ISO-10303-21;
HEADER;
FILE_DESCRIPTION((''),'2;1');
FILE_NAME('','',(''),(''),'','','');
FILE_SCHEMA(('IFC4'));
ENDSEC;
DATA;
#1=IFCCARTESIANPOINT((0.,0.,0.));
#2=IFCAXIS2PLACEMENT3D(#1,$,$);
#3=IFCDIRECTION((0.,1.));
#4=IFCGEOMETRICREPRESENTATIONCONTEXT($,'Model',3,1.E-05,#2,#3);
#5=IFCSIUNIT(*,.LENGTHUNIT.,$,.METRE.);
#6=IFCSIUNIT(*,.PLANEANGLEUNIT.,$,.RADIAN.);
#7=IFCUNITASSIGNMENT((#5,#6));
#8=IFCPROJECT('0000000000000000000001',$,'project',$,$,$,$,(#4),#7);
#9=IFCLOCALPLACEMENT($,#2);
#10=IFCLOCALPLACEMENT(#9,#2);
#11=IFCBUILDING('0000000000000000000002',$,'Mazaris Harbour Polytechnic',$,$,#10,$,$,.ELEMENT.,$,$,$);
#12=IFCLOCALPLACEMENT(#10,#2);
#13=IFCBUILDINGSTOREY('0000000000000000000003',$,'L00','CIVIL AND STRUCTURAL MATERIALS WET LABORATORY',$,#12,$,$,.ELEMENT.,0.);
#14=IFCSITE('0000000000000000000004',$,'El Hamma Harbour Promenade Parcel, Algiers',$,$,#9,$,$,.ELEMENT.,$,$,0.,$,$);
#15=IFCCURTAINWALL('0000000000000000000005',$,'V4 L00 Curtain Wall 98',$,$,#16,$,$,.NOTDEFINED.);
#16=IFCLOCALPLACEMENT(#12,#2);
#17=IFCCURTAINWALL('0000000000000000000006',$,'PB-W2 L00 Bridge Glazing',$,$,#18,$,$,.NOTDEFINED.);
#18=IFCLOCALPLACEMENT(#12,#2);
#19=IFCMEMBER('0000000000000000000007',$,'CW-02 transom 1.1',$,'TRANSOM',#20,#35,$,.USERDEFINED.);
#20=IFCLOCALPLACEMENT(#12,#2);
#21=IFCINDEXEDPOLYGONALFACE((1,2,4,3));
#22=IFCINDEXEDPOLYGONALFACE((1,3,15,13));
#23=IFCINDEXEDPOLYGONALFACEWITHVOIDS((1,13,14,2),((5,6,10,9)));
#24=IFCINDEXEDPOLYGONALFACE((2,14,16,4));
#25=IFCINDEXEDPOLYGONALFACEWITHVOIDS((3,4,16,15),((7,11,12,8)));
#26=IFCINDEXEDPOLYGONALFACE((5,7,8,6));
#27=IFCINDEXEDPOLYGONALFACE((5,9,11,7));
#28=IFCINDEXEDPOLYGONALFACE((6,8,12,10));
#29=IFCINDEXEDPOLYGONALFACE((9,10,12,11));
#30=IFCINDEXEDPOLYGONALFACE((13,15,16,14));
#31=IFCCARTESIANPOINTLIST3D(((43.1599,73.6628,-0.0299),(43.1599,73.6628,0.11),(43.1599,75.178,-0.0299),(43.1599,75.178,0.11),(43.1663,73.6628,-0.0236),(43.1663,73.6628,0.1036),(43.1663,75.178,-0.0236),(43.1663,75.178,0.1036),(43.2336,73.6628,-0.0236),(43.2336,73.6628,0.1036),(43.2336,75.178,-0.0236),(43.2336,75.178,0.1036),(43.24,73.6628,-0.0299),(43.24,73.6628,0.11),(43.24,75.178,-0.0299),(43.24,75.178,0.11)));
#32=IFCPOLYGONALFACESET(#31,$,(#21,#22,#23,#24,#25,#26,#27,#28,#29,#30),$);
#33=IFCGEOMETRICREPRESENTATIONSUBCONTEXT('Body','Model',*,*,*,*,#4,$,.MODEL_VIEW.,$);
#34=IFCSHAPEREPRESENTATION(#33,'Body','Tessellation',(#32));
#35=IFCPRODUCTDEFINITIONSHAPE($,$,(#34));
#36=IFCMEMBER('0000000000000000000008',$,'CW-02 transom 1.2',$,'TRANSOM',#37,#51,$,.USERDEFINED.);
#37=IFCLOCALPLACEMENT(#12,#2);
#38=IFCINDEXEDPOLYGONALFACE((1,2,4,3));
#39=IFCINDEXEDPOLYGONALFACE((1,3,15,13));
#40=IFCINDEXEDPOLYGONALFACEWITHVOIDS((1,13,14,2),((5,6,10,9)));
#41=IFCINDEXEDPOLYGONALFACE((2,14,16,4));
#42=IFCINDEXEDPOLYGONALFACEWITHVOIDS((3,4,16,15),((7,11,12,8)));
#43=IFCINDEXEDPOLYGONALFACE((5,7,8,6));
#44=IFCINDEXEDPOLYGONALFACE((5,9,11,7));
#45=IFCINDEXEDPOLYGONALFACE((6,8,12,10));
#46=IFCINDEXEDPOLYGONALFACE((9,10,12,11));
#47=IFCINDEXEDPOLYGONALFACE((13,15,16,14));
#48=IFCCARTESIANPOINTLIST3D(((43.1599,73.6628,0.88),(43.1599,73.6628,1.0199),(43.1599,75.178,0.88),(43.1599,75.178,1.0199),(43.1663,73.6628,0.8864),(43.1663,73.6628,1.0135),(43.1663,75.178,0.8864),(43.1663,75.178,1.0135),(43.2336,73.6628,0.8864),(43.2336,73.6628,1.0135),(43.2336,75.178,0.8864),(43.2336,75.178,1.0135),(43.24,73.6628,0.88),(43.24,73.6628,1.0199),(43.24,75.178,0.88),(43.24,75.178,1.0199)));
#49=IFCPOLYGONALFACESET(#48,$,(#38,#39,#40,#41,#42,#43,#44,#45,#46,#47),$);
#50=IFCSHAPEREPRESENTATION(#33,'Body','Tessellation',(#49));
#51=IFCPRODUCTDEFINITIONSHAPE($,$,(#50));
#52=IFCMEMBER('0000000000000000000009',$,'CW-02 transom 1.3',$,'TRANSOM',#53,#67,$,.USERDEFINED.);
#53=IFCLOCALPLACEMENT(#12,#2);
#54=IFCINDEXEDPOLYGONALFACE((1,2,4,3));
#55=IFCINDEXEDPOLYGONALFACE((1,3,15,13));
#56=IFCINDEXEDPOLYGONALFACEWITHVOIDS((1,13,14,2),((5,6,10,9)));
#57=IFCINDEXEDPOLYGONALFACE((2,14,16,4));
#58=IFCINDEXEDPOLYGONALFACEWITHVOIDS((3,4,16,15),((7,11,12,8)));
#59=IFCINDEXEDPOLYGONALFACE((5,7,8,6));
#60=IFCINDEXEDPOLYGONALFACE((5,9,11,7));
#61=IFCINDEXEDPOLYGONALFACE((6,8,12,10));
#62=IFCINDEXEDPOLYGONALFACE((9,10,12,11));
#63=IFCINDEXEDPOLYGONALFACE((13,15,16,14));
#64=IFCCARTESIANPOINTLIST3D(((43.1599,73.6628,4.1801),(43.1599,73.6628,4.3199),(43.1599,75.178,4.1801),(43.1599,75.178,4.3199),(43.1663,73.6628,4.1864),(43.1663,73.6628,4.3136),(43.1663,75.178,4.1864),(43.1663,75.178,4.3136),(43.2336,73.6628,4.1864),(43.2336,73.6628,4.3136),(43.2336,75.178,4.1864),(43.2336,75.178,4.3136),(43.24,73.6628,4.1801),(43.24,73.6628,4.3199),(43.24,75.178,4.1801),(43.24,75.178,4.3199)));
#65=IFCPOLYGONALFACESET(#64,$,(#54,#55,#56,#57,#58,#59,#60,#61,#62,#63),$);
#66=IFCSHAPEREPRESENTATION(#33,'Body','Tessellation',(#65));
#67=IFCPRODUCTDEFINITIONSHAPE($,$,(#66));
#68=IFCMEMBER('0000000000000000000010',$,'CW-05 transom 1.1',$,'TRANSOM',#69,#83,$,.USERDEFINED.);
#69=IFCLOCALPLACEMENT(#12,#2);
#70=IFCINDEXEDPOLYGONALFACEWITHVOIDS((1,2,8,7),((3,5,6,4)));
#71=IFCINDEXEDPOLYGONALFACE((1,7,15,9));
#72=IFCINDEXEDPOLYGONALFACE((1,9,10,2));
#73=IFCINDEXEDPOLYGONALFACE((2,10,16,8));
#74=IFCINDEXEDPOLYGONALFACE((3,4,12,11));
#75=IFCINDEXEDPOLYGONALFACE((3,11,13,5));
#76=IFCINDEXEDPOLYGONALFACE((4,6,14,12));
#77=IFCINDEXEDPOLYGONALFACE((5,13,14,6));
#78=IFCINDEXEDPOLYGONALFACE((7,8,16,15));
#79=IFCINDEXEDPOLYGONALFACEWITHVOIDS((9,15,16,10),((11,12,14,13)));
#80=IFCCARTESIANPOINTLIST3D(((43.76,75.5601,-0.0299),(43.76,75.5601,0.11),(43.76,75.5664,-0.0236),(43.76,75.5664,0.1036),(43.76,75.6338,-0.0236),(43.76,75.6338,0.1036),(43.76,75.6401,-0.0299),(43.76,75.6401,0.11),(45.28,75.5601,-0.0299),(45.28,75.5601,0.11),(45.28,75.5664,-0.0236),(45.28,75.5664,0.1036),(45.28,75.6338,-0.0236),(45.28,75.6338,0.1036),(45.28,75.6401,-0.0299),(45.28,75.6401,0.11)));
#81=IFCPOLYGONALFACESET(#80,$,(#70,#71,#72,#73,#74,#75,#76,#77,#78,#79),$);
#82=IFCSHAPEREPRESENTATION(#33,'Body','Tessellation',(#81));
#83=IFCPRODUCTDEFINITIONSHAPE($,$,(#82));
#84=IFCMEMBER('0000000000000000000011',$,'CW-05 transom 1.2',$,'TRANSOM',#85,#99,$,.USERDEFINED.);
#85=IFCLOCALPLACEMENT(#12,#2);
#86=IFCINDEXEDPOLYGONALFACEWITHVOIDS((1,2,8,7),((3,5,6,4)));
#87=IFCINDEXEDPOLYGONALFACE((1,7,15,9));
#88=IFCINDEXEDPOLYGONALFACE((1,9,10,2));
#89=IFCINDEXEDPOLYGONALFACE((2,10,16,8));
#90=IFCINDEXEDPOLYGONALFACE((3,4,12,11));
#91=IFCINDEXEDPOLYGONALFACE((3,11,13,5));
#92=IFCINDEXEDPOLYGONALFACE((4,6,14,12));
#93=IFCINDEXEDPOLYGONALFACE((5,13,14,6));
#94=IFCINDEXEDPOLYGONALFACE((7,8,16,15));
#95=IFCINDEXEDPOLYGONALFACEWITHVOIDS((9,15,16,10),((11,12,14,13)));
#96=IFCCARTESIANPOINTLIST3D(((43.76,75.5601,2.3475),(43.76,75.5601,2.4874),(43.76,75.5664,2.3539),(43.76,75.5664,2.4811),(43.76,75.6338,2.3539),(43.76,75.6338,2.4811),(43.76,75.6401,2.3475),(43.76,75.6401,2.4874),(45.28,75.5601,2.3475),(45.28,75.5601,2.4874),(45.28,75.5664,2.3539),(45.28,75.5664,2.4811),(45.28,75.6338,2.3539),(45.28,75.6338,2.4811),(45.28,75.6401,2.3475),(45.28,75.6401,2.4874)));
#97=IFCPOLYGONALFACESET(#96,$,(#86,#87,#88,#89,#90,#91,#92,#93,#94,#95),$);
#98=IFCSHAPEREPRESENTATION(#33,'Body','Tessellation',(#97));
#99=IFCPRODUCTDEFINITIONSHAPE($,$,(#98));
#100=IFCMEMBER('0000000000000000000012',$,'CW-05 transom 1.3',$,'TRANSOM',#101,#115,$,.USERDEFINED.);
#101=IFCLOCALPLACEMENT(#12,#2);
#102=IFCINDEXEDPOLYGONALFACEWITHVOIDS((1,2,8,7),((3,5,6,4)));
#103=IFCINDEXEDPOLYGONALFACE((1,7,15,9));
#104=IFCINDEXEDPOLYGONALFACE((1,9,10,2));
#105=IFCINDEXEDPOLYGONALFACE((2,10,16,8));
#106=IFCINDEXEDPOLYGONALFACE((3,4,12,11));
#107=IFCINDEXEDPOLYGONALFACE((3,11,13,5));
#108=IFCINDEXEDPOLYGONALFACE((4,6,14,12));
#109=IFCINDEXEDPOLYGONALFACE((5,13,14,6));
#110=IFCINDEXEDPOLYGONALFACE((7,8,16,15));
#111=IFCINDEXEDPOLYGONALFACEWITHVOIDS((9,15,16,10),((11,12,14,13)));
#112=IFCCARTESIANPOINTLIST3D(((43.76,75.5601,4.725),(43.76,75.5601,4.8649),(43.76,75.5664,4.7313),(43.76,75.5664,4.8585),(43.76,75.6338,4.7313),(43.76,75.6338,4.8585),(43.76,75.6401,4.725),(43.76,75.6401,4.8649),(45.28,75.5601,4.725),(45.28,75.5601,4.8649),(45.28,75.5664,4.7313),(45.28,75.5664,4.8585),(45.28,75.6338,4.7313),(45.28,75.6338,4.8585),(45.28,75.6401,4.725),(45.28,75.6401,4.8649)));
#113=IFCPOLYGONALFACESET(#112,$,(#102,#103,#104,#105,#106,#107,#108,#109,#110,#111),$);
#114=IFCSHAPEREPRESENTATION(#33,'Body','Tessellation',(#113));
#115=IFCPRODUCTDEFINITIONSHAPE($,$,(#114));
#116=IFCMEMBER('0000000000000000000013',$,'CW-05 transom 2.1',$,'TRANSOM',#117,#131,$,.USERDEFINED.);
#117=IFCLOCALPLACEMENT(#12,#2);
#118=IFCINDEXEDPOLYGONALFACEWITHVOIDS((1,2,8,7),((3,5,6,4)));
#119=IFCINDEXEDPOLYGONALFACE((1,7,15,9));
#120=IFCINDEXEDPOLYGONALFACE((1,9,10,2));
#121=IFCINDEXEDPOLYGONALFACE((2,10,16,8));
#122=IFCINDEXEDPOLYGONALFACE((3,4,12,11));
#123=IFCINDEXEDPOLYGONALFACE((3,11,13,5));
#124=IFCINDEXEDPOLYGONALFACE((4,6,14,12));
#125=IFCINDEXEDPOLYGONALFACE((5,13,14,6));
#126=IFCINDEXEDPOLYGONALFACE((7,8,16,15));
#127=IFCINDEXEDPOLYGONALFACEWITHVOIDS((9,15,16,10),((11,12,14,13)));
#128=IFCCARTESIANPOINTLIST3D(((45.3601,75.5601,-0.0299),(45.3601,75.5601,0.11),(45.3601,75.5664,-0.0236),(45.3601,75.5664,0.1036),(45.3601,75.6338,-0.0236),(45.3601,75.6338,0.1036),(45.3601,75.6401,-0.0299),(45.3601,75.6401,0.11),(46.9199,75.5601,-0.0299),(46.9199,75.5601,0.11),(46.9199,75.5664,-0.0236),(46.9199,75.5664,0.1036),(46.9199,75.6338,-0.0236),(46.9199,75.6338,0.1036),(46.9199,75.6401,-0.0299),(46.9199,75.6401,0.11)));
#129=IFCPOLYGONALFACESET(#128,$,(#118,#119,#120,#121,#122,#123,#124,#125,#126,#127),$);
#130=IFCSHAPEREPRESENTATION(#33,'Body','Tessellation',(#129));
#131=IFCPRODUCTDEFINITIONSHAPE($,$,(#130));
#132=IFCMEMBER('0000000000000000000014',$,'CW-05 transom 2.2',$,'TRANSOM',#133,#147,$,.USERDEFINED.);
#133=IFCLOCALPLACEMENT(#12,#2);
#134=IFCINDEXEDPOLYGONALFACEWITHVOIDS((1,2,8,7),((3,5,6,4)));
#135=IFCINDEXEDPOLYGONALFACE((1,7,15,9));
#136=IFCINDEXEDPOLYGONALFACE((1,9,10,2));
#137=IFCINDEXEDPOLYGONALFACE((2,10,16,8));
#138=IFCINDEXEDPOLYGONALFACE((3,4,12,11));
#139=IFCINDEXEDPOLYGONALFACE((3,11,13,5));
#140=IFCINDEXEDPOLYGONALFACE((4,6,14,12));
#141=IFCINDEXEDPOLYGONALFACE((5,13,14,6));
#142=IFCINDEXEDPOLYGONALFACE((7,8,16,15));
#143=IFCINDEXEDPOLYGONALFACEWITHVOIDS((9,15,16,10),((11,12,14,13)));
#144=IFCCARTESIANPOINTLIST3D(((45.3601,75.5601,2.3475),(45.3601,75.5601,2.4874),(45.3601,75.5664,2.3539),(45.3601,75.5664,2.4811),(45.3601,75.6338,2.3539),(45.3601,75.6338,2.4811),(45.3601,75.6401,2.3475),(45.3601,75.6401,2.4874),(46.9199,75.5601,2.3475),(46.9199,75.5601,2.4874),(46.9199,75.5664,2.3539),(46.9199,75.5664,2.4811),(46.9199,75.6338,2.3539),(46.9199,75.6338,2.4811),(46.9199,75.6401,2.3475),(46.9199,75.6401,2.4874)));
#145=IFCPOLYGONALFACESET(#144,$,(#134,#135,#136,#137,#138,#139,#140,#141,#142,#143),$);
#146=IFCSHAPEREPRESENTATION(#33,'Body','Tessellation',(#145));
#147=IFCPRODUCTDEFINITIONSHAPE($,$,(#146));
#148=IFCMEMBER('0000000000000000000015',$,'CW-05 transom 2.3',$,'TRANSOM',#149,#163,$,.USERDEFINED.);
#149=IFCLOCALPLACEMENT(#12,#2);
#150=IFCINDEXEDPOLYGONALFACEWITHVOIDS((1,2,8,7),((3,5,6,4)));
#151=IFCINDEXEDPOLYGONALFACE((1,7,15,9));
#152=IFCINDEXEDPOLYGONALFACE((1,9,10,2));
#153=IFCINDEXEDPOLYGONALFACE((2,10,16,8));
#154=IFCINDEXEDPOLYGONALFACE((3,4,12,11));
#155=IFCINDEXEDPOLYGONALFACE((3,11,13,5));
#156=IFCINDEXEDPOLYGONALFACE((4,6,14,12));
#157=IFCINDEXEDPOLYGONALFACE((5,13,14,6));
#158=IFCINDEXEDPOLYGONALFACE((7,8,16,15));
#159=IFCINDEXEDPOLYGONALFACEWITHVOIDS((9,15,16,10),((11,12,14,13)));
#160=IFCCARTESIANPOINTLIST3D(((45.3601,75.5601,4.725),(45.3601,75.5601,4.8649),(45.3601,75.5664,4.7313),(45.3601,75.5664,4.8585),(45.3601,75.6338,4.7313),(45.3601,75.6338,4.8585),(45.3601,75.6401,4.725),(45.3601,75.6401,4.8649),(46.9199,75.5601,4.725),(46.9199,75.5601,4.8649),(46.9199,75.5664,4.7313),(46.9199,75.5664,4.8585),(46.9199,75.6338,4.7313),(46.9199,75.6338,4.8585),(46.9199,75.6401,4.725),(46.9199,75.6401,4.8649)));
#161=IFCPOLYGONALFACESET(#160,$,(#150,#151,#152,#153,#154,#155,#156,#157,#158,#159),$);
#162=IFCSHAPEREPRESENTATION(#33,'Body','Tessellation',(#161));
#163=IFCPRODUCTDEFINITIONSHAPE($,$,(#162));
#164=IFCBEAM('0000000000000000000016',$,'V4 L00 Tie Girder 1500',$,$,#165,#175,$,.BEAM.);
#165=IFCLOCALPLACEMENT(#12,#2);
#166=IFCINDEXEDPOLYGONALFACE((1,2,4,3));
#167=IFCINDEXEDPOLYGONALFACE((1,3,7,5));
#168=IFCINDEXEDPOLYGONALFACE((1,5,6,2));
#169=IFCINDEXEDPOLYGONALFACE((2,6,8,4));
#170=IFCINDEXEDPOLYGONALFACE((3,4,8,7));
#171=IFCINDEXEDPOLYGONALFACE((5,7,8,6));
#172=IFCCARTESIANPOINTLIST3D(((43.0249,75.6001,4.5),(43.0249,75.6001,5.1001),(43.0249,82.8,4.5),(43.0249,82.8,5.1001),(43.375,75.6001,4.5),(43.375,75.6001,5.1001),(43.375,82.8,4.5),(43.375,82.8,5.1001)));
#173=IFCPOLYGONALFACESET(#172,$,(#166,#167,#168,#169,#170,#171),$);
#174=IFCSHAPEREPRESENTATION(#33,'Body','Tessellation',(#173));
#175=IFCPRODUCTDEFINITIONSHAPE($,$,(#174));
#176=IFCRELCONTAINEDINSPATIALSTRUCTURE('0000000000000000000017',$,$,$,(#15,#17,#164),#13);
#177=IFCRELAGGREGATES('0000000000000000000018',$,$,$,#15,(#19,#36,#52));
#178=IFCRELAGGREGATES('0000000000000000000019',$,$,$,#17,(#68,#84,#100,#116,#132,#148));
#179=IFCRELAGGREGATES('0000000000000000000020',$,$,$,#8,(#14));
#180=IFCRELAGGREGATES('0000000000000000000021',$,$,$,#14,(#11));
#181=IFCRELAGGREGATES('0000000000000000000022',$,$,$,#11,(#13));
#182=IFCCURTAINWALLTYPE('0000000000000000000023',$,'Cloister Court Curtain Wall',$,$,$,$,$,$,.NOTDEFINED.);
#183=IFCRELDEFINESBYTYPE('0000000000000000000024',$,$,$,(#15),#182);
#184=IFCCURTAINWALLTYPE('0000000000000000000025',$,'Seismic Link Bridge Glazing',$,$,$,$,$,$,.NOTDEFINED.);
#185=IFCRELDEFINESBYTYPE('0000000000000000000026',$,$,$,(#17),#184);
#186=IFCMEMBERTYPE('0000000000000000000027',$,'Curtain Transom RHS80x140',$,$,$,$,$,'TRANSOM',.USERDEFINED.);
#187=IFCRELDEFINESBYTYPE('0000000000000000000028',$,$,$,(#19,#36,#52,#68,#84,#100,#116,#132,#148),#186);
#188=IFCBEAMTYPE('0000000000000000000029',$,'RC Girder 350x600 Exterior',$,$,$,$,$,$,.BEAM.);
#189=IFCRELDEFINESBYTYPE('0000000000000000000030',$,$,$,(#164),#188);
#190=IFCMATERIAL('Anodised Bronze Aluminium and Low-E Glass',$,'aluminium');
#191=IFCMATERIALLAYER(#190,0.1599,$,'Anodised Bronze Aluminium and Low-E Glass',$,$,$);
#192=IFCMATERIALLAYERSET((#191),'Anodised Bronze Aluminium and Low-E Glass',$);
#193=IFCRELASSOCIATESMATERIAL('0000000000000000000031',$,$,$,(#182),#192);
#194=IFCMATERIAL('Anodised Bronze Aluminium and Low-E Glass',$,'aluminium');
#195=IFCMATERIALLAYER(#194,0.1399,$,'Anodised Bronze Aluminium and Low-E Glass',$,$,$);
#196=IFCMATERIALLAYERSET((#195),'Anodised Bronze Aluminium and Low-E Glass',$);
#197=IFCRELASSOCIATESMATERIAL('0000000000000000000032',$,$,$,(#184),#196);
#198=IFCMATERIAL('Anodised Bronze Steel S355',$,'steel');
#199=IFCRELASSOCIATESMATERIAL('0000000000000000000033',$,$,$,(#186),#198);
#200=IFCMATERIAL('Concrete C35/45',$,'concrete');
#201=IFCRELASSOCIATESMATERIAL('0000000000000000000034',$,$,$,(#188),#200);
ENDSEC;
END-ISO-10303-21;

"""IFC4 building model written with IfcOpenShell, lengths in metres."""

from ifc_helpers import new_model, si_unit, direction, frame, origin, origin_2d, place, context, subcontext, project, spatial, rectangle, hollow_rectangle, extrude, material, layer, layer_set, material_profile, profile_set, type_object, element, aggregate, save


model = new_model("IFC4")

# Units and contexts
model_context = context("Model", 3, precision=1e-05, world=origin(), true_north=direction((0.0, 1.0)))
body_context = subcontext(model_context, "Body", "Model", "MODEL_VIEW")
ifc_project = project(units=[si_unit("LENGTHUNIT", "METRE"), si_unit("PLANEANGLEUNIT", "RADIAN")], contexts=[model_context])

# Site, building, storey
site_placement = place(None, origin())
site = spatial("IfcSite", under=ifc_project, at=site_placement, Name="El Hamma Harbour Promenade Parcel, Algiers", CompositionType="ELEMENT", RefElevation=0.0)
building_placement = place(site_placement, origin())
building = spatial("IfcBuilding", under=site, at=building_placement, Name="Mazaris Harbour Polytechnic", CompositionType="ELEMENT")
storey_placement = place(building_placement, origin())
storey = spatial("IfcBuildingStorey", under=building, at=storey_placement, Name="L00", Description="CIVIL AND STRUCTURAL MATERIALS WET LABORATORY", CompositionType="ELEMENT", Elevation=0.0)

# Curtain walls
ifc_material_1 = material(Name="Anodised Bronze Aluminium and Low-E Glass", Category="aluminium")
ifc_layer_1 = layer(ifc_material_1, 0.1599, Name="Anodised Bronze Aluminium and Low-E Glass")
ifc_layer_set_1 = layer_set([ifc_layer_1], Name="Anodised Bronze Aluminium and Low-E Glass")
curtain_wall_type_1 = type_object("IfcCurtainWallType", Name="Cloister Court Curtain Wall", PredefinedType="NOTDEFINED", material=ifc_layer_set_1)
curtain_wall_1_placement = place(storey_placement, origin())
curtain_wall_1 = element("IfcCurtainWall", 1, at=curtain_wall_1_placement, inside=storey, type_object=curtain_wall_type_1, Name="V4 L00 Curtain Wall 98", PredefinedType="NOTDEFINED")
ifc_material_2 = material(Name="Anodised Bronze Aluminium and Low-E Glass", Category="aluminium")
ifc_layer_2 = layer(ifc_material_2, 0.1399, Name="Anodised Bronze Aluminium and Low-E Glass")
ifc_layer_set_2 = layer_set([ifc_layer_2], Name="Anodised Bronze Aluminium and Low-E Glass")
curtain_wall_type_2 = type_object("IfcCurtainWallType", Name="Seismic Link Bridge Glazing", PredefinedType="NOTDEFINED", material=ifc_layer_set_2)
curtain_wall_2_placement = place(storey_placement, origin())
curtain_wall_2 = element("IfcCurtainWall", 2, at=curtain_wall_2_placement, inside=storey, type_object=curtain_wall_type_2, Name="PB-W2 L00 Bridge Glazing", PredefinedType="NOTDEFINED")

# Members
ifc_material_3 = material(Name="Anodised Bronze Steel S355", Category="steel")
ifc_material_profile_1 = material_profile(ifc_material_3, hollow_rectangle(XDim=0.0801, YDim=0.1399, WallThickness=0.0063, at=origin_2d()), Name="RHS 80x140x6.3")
ifc_profile_set_1 = profile_set([ifc_material_profile_1], Name="Anodised Bronze Steel S355")
member_type_1 = type_object("IfcMemberType", Name="Curtain Transom RHS80x140", ElementType="TRANSOM", PredefinedType="USERDEFINED", material=ifc_profile_set_1)
member_1_placement = place(storey_placement, frame((43.2, 75.178, 0.04), z_axis=(0.0, -1.0, 0.0), x_axis=(1.0, 0.0, 0.0)))
member_1 = element("IfcMember", 3, at=member_1_placement, type_object=member_type_1, Name="CW-02 transom 1.1", ObjectType="TRANSOM", PredefinedType="USERDEFINED", context=body_context, shape_type="SweptSolid", body=[
    extrude(hollow_rectangle(XDim=0.0801, YDim=0.1399, WallThickness=0.0063, at=origin_2d()), origin(), (0.0, 0.0, 1.0), 1.5151),
])
member_2_placement = place(storey_placement, frame((43.2, 75.178, 0.95), z_axis=(0.0, -1.0, 0.0), x_axis=(1.0, 0.0, 0.0)))
member_2 = element("IfcMember", 4, at=member_2_placement, type_object=member_type_1, Name="CW-02 transom 1.2", ObjectType="TRANSOM", PredefinedType="USERDEFINED", context=body_context, shape_type="SweptSolid", body=[
    extrude(hollow_rectangle(XDim=0.0801, YDim=0.1399, WallThickness=0.0063, at=origin_2d()), origin(), (0.0, 0.0, 1.0), 1.5151),
])
member_3_placement = place(storey_placement, frame((43.2, 75.178, 4.25), z_axis=(0.0, -1.0, 0.0), x_axis=(1.0, 0.0, 0.0)))
member_3 = element("IfcMember", 5, at=member_3_placement, type_object=member_type_1, Name="CW-02 transom 1.3", ObjectType="TRANSOM", PredefinedType="USERDEFINED", context=body_context, shape_type="SweptSolid", body=[
    extrude(hollow_rectangle(XDim=0.0801, YDim=0.1399, WallThickness=0.0063, at=origin_2d()), origin(), (0.0, 0.0, 1.0), 1.5151),
])
member_4_placement = place(storey_placement, frame((43.76, 75.6001, 0.04), z_axis=(1.0, 0.0, 0.0), x_axis=(0.0, 1.0, 0.0)))
member_4 = element("IfcMember", 6, at=member_4_placement, type_object=member_type_1, Name="CW-05 transom 1.1", ObjectType="TRANSOM", PredefinedType="USERDEFINED", context=body_context, shape_type="SweptSolid", body=[
    extrude(hollow_rectangle(XDim=0.0801, YDim=0.1399, WallThickness=0.0063, at=origin_2d()), origin(), (0.0, 0.0, 1.0), 1.52),
])
member_5_placement = place(storey_placement, frame((43.76, 75.6001, 2.4175), z_axis=(1.0, 0.0, 0.0), x_axis=(0.0, 1.0, 0.0)))
member_5 = element("IfcMember", 7, at=member_5_placement, type_object=member_type_1, Name="CW-05 transom 1.2", ObjectType="TRANSOM", PredefinedType="USERDEFINED", context=body_context, shape_type="SweptSolid", body=[
    extrude(hollow_rectangle(XDim=0.0801, YDim=0.1399, WallThickness=0.0063, at=origin_2d()), origin(), (0.0, 0.0, 1.0), 1.52),
])
member_6_placement = place(storey_placement, frame((43.76, 75.6001, 4.7949), z_axis=(1.0, 0.0, 0.0), x_axis=(0.0, 1.0, 0.0)))
member_6 = element("IfcMember", 8, at=member_6_placement, type_object=member_type_1, Name="CW-05 transom 1.3", ObjectType="TRANSOM", PredefinedType="USERDEFINED", context=body_context, shape_type="SweptSolid", body=[
    extrude(hollow_rectangle(XDim=0.0801, YDim=0.1399, WallThickness=0.0063, at=origin_2d()), origin(), (0.0, 0.0, 1.0), 1.52),
])
member_7_placement = place(storey_placement, frame((45.3601, 75.6001, 0.04), z_axis=(1.0, 0.0, 0.0), x_axis=(0.0, 1.0, 0.0)))
member_7 = element("IfcMember", 9, at=member_7_placement, type_object=member_type_1, Name="CW-05 transom 2.1", ObjectType="TRANSOM", PredefinedType="USERDEFINED", context=body_context, shape_type="SweptSolid", body=[
    extrude(hollow_rectangle(XDim=0.0801, YDim=0.1399, WallThickness=0.0063, at=origin_2d()), origin(), (0.0, 0.0, 1.0), 1.5598),
])
member_8_placement = place(storey_placement, frame((45.3601, 75.6001, 2.4175), z_axis=(1.0, 0.0, 0.0), x_axis=(0.0, 1.0, 0.0)))
member_8 = element("IfcMember", 10, at=member_8_placement, type_object=member_type_1, Name="CW-05 transom 2.2", ObjectType="TRANSOM", PredefinedType="USERDEFINED", context=body_context, shape_type="SweptSolid", body=[
    extrude(hollow_rectangle(XDim=0.0801, YDim=0.1399, WallThickness=0.0063, at=origin_2d()), origin(), (0.0, 0.0, 1.0), 1.5598),
])
member_9_placement = place(storey_placement, frame((45.3601, 75.6001, 4.7949), z_axis=(1.0, 0.0, 0.0), x_axis=(0.0, 1.0, 0.0)))
member_9 = element("IfcMember", 11, at=member_9_placement, type_object=member_type_1, Name="CW-05 transom 2.3", ObjectType="TRANSOM", PredefinedType="USERDEFINED", context=body_context, shape_type="SweptSolid", body=[
    extrude(hollow_rectangle(XDim=0.0801, YDim=0.1399, WallThickness=0.0063, at=origin_2d()), origin(), (0.0, 0.0, 1.0), 1.5598),
])

# Beam
ifc_material_4 = material(Name="Concrete C35/45", Category="concrete")
ifc_material_profile_2 = material_profile(ifc_material_4, rectangle(XDim=0.3501, YDim=0.6001, at=origin_2d()), Name="RECT350x600")
ifc_profile_set_2 = profile_set([ifc_material_profile_2], Name="Concrete C35/45")
beam_type_1 = type_object("IfcBeamType", Name="RC Girder 350x600 Exterior", PredefinedType="BEAM", material=ifc_profile_set_2)
beam_1_placement = place(storey_placement, frame((43.2, 75.6001, 4.8), z_axis=(0.0, 1.0, 0.0), x_axis=(-1.0, 0.0, 0.0)))
element("IfcBeam", 12, at=beam_1_placement, inside=storey, type_object=beam_type_1, Name="V4 L00 Tie Girder 1500", PredefinedType="BEAM", context=body_context, shape_type="SweptSolid", body=[
    extrude(rectangle(XDim=0.3501, YDim=0.6001, at=origin_2d()), origin(), (0.0, 0.0, 1.0), 7.2),
])

aggregate(curtain_wall_1, [member_1, member_2, member_3])
aggregate(curtain_wall_2, [member_4, member_5, member_6, member_7, member_8, member_9])

save(model, "model.ifc")
